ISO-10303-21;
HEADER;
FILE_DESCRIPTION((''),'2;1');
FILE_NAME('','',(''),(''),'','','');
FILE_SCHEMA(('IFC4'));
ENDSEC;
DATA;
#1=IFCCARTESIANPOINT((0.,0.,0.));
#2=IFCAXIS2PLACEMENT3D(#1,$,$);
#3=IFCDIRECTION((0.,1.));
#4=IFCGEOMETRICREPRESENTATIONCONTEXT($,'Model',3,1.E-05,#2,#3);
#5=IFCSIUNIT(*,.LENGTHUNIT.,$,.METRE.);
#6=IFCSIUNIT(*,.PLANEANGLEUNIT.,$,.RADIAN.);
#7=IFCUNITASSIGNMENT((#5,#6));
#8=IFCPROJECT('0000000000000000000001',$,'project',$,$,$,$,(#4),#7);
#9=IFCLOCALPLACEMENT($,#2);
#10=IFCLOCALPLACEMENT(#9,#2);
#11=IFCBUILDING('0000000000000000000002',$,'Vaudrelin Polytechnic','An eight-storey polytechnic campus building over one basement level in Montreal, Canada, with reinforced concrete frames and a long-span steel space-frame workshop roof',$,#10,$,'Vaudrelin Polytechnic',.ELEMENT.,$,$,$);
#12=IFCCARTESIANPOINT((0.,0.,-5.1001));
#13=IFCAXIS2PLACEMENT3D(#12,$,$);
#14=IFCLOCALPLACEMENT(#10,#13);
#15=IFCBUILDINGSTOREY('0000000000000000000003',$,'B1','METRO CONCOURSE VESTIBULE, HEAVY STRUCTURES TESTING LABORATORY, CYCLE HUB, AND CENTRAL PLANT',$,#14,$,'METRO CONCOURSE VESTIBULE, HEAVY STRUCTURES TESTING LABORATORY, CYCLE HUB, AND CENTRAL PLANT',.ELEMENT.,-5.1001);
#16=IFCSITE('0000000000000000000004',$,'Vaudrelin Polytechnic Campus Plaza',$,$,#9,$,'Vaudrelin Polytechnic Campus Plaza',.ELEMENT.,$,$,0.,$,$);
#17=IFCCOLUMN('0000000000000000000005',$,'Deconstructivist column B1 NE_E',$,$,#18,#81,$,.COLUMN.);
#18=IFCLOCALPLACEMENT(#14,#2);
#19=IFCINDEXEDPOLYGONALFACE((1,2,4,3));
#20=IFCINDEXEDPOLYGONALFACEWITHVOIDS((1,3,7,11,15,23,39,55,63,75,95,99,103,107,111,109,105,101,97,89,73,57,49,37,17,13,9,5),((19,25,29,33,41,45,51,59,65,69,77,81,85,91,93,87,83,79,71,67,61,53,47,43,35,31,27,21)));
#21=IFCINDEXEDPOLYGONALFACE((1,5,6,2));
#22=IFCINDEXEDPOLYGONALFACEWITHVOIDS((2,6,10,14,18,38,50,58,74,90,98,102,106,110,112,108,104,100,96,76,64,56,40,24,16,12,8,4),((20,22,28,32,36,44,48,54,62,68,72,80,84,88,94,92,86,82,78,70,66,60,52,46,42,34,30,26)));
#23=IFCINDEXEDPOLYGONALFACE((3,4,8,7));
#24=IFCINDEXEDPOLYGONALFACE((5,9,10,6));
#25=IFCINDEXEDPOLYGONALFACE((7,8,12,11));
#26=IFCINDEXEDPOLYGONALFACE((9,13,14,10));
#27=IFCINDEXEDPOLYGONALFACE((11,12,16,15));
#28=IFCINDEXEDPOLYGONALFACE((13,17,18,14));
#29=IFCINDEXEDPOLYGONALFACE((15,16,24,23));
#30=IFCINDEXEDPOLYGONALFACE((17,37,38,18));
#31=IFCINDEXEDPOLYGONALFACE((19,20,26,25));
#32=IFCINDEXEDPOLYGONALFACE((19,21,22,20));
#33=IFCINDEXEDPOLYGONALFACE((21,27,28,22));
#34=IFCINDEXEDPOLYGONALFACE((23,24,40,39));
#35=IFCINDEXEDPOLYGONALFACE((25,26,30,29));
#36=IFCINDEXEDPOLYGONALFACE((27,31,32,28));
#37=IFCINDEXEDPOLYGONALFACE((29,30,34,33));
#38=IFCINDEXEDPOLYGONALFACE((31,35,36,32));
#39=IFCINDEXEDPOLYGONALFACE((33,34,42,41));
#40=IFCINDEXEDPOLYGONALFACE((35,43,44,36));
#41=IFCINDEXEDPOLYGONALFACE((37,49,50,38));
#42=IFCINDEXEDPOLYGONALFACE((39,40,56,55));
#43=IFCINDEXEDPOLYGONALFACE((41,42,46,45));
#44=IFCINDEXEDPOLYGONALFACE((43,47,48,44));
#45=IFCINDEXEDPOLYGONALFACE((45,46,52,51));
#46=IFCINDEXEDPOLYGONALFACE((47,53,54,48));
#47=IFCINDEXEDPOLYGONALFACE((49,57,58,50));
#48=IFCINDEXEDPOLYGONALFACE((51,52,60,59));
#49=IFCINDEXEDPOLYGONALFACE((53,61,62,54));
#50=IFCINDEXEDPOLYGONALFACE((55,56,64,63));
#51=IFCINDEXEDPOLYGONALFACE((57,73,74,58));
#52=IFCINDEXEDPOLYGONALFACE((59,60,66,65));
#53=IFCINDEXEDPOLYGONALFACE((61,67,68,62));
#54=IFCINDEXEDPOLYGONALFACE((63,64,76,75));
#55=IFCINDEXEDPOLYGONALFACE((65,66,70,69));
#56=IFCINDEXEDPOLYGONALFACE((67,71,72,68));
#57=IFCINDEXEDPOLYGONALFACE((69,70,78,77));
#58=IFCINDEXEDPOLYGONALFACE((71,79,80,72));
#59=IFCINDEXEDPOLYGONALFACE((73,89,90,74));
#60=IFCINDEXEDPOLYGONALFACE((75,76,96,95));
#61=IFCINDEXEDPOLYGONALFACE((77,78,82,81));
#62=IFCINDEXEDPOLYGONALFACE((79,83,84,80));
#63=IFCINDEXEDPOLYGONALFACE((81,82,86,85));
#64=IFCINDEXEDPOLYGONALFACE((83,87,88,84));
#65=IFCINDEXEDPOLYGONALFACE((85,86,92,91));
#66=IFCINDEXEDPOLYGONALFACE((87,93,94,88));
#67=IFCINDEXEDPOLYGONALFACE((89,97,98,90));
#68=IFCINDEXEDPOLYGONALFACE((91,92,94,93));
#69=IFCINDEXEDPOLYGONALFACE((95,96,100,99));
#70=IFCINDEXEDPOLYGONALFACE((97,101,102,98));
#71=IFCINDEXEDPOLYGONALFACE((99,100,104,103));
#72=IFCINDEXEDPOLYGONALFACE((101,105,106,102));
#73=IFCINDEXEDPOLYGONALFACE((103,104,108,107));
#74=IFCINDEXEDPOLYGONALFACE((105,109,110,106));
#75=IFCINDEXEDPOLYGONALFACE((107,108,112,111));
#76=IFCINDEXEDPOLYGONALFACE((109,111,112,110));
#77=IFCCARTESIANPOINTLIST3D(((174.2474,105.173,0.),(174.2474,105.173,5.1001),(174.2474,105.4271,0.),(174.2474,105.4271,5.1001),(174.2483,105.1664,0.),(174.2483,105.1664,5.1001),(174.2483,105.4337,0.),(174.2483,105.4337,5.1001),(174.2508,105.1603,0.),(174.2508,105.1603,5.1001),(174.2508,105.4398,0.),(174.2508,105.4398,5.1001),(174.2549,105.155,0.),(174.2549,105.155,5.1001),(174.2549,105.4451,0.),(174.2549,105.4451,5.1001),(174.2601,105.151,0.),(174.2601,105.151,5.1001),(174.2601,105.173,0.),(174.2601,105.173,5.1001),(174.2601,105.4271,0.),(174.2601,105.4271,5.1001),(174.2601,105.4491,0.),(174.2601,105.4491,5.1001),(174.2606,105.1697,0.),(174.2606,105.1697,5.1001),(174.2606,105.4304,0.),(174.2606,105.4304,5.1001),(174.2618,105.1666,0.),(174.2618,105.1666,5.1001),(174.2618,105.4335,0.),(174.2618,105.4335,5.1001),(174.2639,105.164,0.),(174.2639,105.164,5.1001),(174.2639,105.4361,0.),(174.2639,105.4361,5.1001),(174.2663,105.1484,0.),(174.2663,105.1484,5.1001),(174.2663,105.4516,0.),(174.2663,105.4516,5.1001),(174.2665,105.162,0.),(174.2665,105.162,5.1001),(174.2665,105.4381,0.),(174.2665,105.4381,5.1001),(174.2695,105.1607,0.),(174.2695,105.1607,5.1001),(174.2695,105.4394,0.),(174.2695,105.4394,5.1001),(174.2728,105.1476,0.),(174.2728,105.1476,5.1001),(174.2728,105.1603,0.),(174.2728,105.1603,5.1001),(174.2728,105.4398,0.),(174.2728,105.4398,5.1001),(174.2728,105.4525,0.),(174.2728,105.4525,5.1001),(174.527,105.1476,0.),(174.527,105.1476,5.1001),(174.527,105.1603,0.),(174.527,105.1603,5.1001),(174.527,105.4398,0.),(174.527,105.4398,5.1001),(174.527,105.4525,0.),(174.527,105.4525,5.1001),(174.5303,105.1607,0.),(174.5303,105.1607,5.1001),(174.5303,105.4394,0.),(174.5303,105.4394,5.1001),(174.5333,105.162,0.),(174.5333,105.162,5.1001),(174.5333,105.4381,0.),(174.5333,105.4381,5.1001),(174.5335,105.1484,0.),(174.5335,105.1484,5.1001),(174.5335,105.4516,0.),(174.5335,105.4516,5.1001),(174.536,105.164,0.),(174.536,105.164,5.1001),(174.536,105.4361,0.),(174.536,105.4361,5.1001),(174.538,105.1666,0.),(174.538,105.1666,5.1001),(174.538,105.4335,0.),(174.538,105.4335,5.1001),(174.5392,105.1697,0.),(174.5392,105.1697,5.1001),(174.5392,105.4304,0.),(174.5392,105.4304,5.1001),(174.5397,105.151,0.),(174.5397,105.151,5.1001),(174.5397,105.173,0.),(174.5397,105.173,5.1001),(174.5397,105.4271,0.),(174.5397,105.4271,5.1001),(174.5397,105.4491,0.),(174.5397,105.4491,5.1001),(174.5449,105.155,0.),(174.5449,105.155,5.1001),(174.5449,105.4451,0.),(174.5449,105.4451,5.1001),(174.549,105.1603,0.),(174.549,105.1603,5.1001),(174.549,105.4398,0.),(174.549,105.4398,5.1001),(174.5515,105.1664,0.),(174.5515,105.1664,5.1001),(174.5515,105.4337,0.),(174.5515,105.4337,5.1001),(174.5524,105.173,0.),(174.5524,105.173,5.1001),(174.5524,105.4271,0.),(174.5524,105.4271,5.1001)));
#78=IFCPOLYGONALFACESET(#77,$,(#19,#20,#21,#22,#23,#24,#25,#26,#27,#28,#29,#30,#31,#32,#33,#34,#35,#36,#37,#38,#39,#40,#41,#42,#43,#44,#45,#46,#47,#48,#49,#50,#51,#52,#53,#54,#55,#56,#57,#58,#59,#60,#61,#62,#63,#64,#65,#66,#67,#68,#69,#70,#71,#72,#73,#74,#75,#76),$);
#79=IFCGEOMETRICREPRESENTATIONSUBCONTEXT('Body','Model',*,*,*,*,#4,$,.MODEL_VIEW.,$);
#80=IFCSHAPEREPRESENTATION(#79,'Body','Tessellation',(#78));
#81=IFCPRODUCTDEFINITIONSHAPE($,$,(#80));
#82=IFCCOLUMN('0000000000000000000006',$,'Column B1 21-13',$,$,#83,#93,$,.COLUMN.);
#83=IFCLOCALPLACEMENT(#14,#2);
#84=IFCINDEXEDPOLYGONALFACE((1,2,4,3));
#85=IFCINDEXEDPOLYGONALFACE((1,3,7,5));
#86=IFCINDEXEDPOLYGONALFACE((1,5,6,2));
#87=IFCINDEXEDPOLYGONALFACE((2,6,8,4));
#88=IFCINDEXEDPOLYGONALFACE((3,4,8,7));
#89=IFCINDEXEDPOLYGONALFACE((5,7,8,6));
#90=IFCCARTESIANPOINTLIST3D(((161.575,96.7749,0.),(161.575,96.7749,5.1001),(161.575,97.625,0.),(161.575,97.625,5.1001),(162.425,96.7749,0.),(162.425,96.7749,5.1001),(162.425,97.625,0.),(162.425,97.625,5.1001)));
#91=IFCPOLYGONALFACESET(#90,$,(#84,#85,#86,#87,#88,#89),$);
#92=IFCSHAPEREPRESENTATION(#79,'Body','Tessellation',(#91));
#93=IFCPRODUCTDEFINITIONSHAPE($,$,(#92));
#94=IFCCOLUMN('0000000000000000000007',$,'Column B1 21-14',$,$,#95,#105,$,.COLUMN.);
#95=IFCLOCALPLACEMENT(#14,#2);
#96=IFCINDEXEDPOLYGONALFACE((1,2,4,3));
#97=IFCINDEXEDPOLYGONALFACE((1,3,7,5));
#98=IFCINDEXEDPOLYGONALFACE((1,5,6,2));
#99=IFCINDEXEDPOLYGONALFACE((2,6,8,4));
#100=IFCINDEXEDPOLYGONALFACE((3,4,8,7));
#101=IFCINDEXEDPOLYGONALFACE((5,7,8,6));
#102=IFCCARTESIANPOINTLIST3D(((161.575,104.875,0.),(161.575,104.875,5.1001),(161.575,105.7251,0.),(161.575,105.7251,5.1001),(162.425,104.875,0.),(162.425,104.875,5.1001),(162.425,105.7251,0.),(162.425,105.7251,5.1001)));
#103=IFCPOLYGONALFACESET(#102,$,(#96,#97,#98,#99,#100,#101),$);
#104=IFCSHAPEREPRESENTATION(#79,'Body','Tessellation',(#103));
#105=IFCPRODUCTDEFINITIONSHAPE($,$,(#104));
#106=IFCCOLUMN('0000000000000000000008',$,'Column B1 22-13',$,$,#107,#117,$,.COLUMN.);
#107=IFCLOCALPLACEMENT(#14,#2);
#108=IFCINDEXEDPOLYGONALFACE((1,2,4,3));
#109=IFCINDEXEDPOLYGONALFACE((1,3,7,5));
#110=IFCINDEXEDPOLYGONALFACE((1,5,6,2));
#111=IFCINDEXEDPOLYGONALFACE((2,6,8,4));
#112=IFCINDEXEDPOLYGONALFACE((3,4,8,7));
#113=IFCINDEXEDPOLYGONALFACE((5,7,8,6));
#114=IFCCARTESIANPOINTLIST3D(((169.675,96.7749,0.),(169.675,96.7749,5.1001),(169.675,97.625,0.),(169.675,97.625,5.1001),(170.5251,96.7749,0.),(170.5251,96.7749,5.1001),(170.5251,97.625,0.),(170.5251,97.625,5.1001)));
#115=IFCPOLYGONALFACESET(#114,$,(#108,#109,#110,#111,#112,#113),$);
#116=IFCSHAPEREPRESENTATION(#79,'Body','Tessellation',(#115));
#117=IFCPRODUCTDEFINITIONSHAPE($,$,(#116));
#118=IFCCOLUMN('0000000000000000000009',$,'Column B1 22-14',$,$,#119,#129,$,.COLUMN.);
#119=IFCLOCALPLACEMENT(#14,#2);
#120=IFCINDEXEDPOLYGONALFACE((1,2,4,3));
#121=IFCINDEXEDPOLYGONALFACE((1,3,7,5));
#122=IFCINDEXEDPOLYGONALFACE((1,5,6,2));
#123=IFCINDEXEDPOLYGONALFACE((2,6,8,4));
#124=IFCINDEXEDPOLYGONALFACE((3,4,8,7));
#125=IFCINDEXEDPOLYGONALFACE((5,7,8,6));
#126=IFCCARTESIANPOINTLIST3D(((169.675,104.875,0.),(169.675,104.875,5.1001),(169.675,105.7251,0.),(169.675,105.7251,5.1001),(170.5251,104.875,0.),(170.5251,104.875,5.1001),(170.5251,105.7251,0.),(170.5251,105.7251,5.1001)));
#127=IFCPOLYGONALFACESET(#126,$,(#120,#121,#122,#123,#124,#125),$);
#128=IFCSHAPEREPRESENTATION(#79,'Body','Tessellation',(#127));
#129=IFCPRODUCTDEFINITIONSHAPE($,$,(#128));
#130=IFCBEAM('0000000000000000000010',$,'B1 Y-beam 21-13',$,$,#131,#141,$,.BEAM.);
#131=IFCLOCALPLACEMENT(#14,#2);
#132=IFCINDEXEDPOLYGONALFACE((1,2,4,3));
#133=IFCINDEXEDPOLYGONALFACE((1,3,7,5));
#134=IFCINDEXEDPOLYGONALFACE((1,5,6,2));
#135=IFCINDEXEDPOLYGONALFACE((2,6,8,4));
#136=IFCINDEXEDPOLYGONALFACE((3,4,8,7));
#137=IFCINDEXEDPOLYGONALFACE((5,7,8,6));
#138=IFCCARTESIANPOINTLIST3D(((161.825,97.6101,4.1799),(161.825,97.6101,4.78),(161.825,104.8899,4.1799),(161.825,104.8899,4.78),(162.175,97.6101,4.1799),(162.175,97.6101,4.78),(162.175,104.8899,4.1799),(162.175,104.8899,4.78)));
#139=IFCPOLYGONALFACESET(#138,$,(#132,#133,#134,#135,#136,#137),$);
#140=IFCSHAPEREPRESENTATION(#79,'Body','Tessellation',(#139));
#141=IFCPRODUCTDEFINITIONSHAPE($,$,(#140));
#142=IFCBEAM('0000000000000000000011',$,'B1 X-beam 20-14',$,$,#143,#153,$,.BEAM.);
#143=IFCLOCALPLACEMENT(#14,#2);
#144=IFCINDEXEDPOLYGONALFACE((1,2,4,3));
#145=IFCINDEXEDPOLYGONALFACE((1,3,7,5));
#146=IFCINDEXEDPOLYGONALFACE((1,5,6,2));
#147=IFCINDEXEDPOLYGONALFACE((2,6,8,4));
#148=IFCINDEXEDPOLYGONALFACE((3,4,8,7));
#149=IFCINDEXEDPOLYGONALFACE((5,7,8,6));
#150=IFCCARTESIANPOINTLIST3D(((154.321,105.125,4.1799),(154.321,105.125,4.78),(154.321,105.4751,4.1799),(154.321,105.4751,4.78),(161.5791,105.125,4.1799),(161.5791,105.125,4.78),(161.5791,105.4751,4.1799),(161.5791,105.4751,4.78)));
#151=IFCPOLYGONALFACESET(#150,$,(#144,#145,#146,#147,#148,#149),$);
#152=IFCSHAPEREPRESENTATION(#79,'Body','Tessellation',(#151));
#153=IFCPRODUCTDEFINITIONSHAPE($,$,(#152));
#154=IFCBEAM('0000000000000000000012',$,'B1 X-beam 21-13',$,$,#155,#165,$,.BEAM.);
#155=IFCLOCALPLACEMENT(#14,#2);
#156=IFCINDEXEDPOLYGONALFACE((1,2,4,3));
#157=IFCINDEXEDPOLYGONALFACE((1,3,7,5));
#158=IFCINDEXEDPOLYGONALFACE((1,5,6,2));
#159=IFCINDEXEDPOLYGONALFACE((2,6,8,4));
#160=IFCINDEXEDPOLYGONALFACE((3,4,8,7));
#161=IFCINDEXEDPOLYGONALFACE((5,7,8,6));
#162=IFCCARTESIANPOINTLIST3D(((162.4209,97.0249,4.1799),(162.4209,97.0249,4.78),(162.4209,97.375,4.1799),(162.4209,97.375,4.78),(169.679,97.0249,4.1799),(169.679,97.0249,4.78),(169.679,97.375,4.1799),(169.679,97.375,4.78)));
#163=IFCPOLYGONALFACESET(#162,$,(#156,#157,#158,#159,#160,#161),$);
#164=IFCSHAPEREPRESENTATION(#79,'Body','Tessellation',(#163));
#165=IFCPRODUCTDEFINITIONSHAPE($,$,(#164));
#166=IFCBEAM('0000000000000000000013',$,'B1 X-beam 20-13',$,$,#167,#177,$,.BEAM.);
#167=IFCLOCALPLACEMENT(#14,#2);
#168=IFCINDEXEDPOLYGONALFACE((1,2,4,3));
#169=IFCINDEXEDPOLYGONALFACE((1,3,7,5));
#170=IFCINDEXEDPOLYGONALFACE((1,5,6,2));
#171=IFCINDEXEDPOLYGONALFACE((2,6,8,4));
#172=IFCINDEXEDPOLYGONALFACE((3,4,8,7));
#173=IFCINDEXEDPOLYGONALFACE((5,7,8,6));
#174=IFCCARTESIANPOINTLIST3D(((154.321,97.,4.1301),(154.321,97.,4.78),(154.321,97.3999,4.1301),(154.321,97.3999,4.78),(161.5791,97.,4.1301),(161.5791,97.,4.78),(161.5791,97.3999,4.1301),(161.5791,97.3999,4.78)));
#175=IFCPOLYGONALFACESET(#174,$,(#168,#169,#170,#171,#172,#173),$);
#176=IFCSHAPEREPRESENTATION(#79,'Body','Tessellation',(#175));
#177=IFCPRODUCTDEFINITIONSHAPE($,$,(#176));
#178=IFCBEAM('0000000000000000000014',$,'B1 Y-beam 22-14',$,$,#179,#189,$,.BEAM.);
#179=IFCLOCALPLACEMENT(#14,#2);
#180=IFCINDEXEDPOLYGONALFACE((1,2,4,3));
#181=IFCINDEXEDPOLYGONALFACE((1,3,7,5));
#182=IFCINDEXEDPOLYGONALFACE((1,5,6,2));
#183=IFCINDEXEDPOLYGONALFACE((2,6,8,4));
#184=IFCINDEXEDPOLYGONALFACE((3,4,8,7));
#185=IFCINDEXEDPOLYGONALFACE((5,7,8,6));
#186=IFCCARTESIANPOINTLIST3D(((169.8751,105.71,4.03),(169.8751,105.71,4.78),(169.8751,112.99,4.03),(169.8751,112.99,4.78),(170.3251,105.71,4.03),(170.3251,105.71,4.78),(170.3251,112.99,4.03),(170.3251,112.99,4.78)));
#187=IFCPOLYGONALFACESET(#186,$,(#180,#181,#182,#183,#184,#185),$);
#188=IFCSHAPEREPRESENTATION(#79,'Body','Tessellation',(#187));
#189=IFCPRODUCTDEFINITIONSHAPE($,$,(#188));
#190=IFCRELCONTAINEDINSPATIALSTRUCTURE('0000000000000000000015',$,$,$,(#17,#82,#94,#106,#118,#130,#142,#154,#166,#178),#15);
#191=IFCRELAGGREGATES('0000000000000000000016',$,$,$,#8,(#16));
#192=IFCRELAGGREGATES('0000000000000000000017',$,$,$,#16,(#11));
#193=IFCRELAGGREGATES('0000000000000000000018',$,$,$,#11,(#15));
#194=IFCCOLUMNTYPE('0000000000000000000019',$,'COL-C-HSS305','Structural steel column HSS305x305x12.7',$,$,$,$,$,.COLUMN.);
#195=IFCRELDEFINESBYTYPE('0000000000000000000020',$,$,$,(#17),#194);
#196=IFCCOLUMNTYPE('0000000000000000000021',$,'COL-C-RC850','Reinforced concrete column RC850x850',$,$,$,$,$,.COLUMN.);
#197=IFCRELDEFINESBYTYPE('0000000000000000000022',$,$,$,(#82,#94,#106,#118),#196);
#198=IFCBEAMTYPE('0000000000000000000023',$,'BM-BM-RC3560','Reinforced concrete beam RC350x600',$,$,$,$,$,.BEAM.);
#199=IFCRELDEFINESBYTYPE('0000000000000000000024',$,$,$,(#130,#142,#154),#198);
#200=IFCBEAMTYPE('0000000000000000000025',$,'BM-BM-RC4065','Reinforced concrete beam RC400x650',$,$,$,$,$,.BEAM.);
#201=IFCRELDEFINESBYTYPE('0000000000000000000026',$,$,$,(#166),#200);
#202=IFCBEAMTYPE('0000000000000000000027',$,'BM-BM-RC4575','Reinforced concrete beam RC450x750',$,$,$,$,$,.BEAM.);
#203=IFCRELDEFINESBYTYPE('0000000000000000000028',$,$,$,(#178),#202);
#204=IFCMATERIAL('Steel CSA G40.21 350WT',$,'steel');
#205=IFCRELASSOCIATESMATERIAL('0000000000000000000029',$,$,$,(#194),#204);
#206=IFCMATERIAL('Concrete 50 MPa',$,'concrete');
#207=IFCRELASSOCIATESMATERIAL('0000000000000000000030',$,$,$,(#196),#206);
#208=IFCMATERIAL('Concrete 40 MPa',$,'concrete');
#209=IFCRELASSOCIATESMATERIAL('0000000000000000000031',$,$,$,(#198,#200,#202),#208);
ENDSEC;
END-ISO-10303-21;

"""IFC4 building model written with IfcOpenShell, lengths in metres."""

from ifc_helpers import new_model, si_unit, direction, frame, origin, origin_2d, place, context, subcontext, project, spatial, rectangle, hollow_rectangle, extrude, material, material_profile, profile_set, type_object, element, save


model = new_model("IFC4")

# Units and contexts
model_context = context("Model", 3, precision=1e-05, world=origin(), true_north=direction((0.0, 1.0)))
body_context = subcontext(model_context, "Body", "Model", "MODEL_VIEW")
ifc_project = project(units=[si_unit("LENGTHUNIT", "METRE"), si_unit("PLANEANGLEUNIT", "RADIAN")], contexts=[model_context])

# Site, building, storey
site_placement = place(None, origin())
site = spatial("IfcSite", under=ifc_project, at=site_placement, Name="Vaudrelin Polytechnic Campus Plaza", LongName="Vaudrelin Polytechnic Campus Plaza", CompositionType="ELEMENT", RefElevation=0.0)
building_placement = place(site_placement, origin())
building = spatial("IfcBuilding", under=site, at=building_placement, Name="Vaudrelin Polytechnic", Description="An eight-storey polytechnic campus building over one basement level in Montreal, Canada, with reinforced concrete frames and a long-span steel space-frame workshop roof", LongName="Vaudrelin Polytechnic", CompositionType="ELEMENT")
storey_placement = place(building_placement, frame((0.0, 0.0, -5.1001)))
storey = spatial("IfcBuildingStorey", under=building, at=storey_placement, Name="B1", Description="METRO CONCOURSE VESTIBULE, HEAVY STRUCTURES TESTING LABORATORY, CYCLE HUB, AND CENTRAL PLANT", LongName="METRO CONCOURSE VESTIBULE, HEAVY STRUCTURES TESTING LABORATORY, CYCLE HUB, AND CENTRAL PLANT", CompositionType="ELEMENT", Elevation=-5.1001)

# Shared definitions
ifc_material_1 = material(Name="Concrete 40 MPa", Category="concrete")

# Columns
ifc_material_2 = material(Name="Steel CSA G40.21 350WT", Category="steel")
ifc_material_profile_1 = material_profile(ifc_material_2, hollow_rectangle(XDim=0.3049, YDim=0.3049, WallThickness=0.0127, InnerFilletRadius=0.0127, OuterFilletRadius=0.0254, at=origin_2d()), Name="HSS305x305x12.7")
ifc_profile_set_1 = profile_set([ifc_material_profile_1], Name="Steel CSA G40.21 350WT")
column_type_1 = type_object("IfcColumnType", Name="COL-C-HSS305", Description="Structural steel column HSS305x305x12.7", PredefinedType="COLUMN", material=ifc_profile_set_1)
column_placement = place(storey_placement, frame((174.3999, 105.3, 0.0), z_axis=(0.0, 0.0, 1.0), x_axis=(1.0, 0.0, 0.0)))
element("IfcColumn", 1, at=column_placement, inside=storey, type_object=column_type_1, Name="Deconstructivist column B1 NE_E", PredefinedType="COLUMN", context=body_context, shape_type="SweptSolid", body=[
    extrude(hollow_rectangle(XDim=0.3049, YDim=0.3049, WallThickness=0.0127, InnerFilletRadius=0.0127, OuterFilletRadius=0.0254, at=origin_2d()), origin(), (0.0, 0.0, 1.0), 5.1001),
])
ifc_material_3 = material(Name="Concrete 50 MPa", Category="concrete")
ifc_material_profile_2 = material_profile(ifc_material_3, rectangle(XDim=0.8501, YDim=0.8501, at=origin_2d()), Name="RC850x850")
ifc_profile_set_2 = profile_set([ifc_material_profile_2], Name="Concrete 50 MPa")
column_type_2 = type_object("IfcColumnType", Name="COL-C-RC850", Description="Reinforced concrete column RC850x850", PredefinedType="COLUMN", material=ifc_profile_set_2)
for number, where, z_axis, x_axis, name in (
    (2, (162.0, 97.2, 0.0), (0.0, 0.0, 1.0), (1.0, 0.0, 0.0), "Column B1 21-13"),
    (3, (162.0, 105.3, 0.0), (0.0, 0.0, 1.0), (1.0, 0.0, 0.0), "Column B1 21-14"),
    (4, (170.1001, 97.2, 0.0), (0.0, 0.0, 1.0), (1.0, 0.0, 0.0), "Column B1 22-13"),
    (5, (170.1001, 105.3, 0.0), (0.0, 0.0, 1.0), (1.0, 0.0, 0.0), "Column B1 22-14"),
):
    element("IfcColumn", number, at=place(storey_placement, frame(where, z_axis=z_axis, x_axis=x_axis)), inside=storey, type_object=column_type_2, Name=name, PredefinedType="COLUMN", context=body_context, shape_type="SweptSolid", body=[
        extrude(rectangle(XDim=0.8501, YDim=0.8501, at=origin_2d()), origin(), (0.0, 0.0, 1.0), 5.1001),
    ])

# Beams
ifc_material_profile_3 = material_profile(ifc_material_1, rectangle(XDim=0.3501, YDim=0.6001, at=origin_2d()), Name="RC350x600")
ifc_profile_set_3 = profile_set([ifc_material_profile_3], Name="Concrete 40 MPa")
beam_type_1 = type_object("IfcBeamType", Name="BM-BM-RC3560", Description="Reinforced concrete beam RC350x600", PredefinedType="BEAM", material=ifc_profile_set_3)
beam_1_placement = place(storey_placement, frame((162.0, 97.6101, 4.48), z_axis=(0.0, 1.0, 0.0), x_axis=(-1.0, 0.0, 0.0)))
element("IfcBeam", 6, at=beam_1_placement, inside=storey, type_object=beam_type_1, Name="B1 Y-beam 21-13", PredefinedType="BEAM", context=body_context, shape_type="SweptSolid", body=[
    extrude(rectangle(XDim=0.3501, YDim=0.6001, at=origin_2d()), origin(), (0.0, 0.0, 1.0), 7.2798),
])
for number, where, z_axis, x_axis, name in (
    (7, (154.321, 105.3, 4.48), (1.0, 0.0, 0.0), (0.0, 1.0, 0.0), "B1 X-beam 20-14"),
    (8, (162.4209, 97.2, 4.48), (1.0, 0.0, 0.0), (0.0, 1.0, 0.0), "B1 X-beam 21-13"),
):
    element("IfcBeam", number, at=place(storey_placement, frame(where, z_axis=z_axis, x_axis=x_axis)), inside=storey, type_object=beam_type_1, Name=name, PredefinedType="BEAM", context=body_context, shape_type="SweptSolid", body=[
        extrude(rectangle(XDim=0.3501, YDim=0.6001, at=origin_2d()), origin(), (0.0, 0.0, 1.0), 7.2581),
    ])
ifc_material_profile_4 = material_profile(ifc_material_1, rectangle(XDim=0.3999, YDim=0.6499, at=origin_2d()), Name="RC400x650")
ifc_profile_set_4 = profile_set([ifc_material_profile_4], Name="Concrete 40 MPa")
beam_type_2 = type_object("IfcBeamType", Name="BM-BM-RC4065", Description="Reinforced concrete beam RC400x650", PredefinedType="BEAM", material=ifc_profile_set_4)
beam_2_placement = place(storey_placement, frame((154.321, 97.2, 4.4551), z_axis=(1.0, 0.0, 0.0), x_axis=(0.0, 1.0, 0.0)))
element("IfcBeam", 9, at=beam_2_placement, inside=storey, type_object=beam_type_2, Name="B1 X-beam 20-13", PredefinedType="BEAM", context=body_context, shape_type="SweptSolid", body=[
    extrude(rectangle(XDim=0.3999, YDim=0.6499, at=origin_2d()), origin(), (0.0, 0.0, 1.0), 7.2581),
])
ifc_material_profile_5 = material_profile(ifc_material_1, rectangle(XDim=0.45, YDim=0.75, at=origin_2d()), Name="RC450x750")
ifc_profile_set_5 = profile_set([ifc_material_profile_5], Name="Concrete 40 MPa")
beam_type_3 = type_object("IfcBeamType", Name="BM-BM-RC4575", Description="Reinforced concrete beam RC450x750", PredefinedType="BEAM", material=ifc_profile_set_5)
beam_3_placement = place(storey_placement, frame((170.1001, 105.71, 4.405), z_axis=(0.0, 1.0, 0.0), x_axis=(-1.0, 0.0, 0.0)))
element("IfcBeam", 10, at=beam_3_placement, inside=storey, type_object=beam_type_3, Name="B1 Y-beam 22-14", PredefinedType="BEAM", context=body_context, shape_type="SweptSolid", body=[
    extrude(rectangle(XDim=0.45, YDim=0.75, at=origin_2d()), origin(), (0.0, 0.0, 1.0), 7.28),
])

save(model, "model.ifc")
